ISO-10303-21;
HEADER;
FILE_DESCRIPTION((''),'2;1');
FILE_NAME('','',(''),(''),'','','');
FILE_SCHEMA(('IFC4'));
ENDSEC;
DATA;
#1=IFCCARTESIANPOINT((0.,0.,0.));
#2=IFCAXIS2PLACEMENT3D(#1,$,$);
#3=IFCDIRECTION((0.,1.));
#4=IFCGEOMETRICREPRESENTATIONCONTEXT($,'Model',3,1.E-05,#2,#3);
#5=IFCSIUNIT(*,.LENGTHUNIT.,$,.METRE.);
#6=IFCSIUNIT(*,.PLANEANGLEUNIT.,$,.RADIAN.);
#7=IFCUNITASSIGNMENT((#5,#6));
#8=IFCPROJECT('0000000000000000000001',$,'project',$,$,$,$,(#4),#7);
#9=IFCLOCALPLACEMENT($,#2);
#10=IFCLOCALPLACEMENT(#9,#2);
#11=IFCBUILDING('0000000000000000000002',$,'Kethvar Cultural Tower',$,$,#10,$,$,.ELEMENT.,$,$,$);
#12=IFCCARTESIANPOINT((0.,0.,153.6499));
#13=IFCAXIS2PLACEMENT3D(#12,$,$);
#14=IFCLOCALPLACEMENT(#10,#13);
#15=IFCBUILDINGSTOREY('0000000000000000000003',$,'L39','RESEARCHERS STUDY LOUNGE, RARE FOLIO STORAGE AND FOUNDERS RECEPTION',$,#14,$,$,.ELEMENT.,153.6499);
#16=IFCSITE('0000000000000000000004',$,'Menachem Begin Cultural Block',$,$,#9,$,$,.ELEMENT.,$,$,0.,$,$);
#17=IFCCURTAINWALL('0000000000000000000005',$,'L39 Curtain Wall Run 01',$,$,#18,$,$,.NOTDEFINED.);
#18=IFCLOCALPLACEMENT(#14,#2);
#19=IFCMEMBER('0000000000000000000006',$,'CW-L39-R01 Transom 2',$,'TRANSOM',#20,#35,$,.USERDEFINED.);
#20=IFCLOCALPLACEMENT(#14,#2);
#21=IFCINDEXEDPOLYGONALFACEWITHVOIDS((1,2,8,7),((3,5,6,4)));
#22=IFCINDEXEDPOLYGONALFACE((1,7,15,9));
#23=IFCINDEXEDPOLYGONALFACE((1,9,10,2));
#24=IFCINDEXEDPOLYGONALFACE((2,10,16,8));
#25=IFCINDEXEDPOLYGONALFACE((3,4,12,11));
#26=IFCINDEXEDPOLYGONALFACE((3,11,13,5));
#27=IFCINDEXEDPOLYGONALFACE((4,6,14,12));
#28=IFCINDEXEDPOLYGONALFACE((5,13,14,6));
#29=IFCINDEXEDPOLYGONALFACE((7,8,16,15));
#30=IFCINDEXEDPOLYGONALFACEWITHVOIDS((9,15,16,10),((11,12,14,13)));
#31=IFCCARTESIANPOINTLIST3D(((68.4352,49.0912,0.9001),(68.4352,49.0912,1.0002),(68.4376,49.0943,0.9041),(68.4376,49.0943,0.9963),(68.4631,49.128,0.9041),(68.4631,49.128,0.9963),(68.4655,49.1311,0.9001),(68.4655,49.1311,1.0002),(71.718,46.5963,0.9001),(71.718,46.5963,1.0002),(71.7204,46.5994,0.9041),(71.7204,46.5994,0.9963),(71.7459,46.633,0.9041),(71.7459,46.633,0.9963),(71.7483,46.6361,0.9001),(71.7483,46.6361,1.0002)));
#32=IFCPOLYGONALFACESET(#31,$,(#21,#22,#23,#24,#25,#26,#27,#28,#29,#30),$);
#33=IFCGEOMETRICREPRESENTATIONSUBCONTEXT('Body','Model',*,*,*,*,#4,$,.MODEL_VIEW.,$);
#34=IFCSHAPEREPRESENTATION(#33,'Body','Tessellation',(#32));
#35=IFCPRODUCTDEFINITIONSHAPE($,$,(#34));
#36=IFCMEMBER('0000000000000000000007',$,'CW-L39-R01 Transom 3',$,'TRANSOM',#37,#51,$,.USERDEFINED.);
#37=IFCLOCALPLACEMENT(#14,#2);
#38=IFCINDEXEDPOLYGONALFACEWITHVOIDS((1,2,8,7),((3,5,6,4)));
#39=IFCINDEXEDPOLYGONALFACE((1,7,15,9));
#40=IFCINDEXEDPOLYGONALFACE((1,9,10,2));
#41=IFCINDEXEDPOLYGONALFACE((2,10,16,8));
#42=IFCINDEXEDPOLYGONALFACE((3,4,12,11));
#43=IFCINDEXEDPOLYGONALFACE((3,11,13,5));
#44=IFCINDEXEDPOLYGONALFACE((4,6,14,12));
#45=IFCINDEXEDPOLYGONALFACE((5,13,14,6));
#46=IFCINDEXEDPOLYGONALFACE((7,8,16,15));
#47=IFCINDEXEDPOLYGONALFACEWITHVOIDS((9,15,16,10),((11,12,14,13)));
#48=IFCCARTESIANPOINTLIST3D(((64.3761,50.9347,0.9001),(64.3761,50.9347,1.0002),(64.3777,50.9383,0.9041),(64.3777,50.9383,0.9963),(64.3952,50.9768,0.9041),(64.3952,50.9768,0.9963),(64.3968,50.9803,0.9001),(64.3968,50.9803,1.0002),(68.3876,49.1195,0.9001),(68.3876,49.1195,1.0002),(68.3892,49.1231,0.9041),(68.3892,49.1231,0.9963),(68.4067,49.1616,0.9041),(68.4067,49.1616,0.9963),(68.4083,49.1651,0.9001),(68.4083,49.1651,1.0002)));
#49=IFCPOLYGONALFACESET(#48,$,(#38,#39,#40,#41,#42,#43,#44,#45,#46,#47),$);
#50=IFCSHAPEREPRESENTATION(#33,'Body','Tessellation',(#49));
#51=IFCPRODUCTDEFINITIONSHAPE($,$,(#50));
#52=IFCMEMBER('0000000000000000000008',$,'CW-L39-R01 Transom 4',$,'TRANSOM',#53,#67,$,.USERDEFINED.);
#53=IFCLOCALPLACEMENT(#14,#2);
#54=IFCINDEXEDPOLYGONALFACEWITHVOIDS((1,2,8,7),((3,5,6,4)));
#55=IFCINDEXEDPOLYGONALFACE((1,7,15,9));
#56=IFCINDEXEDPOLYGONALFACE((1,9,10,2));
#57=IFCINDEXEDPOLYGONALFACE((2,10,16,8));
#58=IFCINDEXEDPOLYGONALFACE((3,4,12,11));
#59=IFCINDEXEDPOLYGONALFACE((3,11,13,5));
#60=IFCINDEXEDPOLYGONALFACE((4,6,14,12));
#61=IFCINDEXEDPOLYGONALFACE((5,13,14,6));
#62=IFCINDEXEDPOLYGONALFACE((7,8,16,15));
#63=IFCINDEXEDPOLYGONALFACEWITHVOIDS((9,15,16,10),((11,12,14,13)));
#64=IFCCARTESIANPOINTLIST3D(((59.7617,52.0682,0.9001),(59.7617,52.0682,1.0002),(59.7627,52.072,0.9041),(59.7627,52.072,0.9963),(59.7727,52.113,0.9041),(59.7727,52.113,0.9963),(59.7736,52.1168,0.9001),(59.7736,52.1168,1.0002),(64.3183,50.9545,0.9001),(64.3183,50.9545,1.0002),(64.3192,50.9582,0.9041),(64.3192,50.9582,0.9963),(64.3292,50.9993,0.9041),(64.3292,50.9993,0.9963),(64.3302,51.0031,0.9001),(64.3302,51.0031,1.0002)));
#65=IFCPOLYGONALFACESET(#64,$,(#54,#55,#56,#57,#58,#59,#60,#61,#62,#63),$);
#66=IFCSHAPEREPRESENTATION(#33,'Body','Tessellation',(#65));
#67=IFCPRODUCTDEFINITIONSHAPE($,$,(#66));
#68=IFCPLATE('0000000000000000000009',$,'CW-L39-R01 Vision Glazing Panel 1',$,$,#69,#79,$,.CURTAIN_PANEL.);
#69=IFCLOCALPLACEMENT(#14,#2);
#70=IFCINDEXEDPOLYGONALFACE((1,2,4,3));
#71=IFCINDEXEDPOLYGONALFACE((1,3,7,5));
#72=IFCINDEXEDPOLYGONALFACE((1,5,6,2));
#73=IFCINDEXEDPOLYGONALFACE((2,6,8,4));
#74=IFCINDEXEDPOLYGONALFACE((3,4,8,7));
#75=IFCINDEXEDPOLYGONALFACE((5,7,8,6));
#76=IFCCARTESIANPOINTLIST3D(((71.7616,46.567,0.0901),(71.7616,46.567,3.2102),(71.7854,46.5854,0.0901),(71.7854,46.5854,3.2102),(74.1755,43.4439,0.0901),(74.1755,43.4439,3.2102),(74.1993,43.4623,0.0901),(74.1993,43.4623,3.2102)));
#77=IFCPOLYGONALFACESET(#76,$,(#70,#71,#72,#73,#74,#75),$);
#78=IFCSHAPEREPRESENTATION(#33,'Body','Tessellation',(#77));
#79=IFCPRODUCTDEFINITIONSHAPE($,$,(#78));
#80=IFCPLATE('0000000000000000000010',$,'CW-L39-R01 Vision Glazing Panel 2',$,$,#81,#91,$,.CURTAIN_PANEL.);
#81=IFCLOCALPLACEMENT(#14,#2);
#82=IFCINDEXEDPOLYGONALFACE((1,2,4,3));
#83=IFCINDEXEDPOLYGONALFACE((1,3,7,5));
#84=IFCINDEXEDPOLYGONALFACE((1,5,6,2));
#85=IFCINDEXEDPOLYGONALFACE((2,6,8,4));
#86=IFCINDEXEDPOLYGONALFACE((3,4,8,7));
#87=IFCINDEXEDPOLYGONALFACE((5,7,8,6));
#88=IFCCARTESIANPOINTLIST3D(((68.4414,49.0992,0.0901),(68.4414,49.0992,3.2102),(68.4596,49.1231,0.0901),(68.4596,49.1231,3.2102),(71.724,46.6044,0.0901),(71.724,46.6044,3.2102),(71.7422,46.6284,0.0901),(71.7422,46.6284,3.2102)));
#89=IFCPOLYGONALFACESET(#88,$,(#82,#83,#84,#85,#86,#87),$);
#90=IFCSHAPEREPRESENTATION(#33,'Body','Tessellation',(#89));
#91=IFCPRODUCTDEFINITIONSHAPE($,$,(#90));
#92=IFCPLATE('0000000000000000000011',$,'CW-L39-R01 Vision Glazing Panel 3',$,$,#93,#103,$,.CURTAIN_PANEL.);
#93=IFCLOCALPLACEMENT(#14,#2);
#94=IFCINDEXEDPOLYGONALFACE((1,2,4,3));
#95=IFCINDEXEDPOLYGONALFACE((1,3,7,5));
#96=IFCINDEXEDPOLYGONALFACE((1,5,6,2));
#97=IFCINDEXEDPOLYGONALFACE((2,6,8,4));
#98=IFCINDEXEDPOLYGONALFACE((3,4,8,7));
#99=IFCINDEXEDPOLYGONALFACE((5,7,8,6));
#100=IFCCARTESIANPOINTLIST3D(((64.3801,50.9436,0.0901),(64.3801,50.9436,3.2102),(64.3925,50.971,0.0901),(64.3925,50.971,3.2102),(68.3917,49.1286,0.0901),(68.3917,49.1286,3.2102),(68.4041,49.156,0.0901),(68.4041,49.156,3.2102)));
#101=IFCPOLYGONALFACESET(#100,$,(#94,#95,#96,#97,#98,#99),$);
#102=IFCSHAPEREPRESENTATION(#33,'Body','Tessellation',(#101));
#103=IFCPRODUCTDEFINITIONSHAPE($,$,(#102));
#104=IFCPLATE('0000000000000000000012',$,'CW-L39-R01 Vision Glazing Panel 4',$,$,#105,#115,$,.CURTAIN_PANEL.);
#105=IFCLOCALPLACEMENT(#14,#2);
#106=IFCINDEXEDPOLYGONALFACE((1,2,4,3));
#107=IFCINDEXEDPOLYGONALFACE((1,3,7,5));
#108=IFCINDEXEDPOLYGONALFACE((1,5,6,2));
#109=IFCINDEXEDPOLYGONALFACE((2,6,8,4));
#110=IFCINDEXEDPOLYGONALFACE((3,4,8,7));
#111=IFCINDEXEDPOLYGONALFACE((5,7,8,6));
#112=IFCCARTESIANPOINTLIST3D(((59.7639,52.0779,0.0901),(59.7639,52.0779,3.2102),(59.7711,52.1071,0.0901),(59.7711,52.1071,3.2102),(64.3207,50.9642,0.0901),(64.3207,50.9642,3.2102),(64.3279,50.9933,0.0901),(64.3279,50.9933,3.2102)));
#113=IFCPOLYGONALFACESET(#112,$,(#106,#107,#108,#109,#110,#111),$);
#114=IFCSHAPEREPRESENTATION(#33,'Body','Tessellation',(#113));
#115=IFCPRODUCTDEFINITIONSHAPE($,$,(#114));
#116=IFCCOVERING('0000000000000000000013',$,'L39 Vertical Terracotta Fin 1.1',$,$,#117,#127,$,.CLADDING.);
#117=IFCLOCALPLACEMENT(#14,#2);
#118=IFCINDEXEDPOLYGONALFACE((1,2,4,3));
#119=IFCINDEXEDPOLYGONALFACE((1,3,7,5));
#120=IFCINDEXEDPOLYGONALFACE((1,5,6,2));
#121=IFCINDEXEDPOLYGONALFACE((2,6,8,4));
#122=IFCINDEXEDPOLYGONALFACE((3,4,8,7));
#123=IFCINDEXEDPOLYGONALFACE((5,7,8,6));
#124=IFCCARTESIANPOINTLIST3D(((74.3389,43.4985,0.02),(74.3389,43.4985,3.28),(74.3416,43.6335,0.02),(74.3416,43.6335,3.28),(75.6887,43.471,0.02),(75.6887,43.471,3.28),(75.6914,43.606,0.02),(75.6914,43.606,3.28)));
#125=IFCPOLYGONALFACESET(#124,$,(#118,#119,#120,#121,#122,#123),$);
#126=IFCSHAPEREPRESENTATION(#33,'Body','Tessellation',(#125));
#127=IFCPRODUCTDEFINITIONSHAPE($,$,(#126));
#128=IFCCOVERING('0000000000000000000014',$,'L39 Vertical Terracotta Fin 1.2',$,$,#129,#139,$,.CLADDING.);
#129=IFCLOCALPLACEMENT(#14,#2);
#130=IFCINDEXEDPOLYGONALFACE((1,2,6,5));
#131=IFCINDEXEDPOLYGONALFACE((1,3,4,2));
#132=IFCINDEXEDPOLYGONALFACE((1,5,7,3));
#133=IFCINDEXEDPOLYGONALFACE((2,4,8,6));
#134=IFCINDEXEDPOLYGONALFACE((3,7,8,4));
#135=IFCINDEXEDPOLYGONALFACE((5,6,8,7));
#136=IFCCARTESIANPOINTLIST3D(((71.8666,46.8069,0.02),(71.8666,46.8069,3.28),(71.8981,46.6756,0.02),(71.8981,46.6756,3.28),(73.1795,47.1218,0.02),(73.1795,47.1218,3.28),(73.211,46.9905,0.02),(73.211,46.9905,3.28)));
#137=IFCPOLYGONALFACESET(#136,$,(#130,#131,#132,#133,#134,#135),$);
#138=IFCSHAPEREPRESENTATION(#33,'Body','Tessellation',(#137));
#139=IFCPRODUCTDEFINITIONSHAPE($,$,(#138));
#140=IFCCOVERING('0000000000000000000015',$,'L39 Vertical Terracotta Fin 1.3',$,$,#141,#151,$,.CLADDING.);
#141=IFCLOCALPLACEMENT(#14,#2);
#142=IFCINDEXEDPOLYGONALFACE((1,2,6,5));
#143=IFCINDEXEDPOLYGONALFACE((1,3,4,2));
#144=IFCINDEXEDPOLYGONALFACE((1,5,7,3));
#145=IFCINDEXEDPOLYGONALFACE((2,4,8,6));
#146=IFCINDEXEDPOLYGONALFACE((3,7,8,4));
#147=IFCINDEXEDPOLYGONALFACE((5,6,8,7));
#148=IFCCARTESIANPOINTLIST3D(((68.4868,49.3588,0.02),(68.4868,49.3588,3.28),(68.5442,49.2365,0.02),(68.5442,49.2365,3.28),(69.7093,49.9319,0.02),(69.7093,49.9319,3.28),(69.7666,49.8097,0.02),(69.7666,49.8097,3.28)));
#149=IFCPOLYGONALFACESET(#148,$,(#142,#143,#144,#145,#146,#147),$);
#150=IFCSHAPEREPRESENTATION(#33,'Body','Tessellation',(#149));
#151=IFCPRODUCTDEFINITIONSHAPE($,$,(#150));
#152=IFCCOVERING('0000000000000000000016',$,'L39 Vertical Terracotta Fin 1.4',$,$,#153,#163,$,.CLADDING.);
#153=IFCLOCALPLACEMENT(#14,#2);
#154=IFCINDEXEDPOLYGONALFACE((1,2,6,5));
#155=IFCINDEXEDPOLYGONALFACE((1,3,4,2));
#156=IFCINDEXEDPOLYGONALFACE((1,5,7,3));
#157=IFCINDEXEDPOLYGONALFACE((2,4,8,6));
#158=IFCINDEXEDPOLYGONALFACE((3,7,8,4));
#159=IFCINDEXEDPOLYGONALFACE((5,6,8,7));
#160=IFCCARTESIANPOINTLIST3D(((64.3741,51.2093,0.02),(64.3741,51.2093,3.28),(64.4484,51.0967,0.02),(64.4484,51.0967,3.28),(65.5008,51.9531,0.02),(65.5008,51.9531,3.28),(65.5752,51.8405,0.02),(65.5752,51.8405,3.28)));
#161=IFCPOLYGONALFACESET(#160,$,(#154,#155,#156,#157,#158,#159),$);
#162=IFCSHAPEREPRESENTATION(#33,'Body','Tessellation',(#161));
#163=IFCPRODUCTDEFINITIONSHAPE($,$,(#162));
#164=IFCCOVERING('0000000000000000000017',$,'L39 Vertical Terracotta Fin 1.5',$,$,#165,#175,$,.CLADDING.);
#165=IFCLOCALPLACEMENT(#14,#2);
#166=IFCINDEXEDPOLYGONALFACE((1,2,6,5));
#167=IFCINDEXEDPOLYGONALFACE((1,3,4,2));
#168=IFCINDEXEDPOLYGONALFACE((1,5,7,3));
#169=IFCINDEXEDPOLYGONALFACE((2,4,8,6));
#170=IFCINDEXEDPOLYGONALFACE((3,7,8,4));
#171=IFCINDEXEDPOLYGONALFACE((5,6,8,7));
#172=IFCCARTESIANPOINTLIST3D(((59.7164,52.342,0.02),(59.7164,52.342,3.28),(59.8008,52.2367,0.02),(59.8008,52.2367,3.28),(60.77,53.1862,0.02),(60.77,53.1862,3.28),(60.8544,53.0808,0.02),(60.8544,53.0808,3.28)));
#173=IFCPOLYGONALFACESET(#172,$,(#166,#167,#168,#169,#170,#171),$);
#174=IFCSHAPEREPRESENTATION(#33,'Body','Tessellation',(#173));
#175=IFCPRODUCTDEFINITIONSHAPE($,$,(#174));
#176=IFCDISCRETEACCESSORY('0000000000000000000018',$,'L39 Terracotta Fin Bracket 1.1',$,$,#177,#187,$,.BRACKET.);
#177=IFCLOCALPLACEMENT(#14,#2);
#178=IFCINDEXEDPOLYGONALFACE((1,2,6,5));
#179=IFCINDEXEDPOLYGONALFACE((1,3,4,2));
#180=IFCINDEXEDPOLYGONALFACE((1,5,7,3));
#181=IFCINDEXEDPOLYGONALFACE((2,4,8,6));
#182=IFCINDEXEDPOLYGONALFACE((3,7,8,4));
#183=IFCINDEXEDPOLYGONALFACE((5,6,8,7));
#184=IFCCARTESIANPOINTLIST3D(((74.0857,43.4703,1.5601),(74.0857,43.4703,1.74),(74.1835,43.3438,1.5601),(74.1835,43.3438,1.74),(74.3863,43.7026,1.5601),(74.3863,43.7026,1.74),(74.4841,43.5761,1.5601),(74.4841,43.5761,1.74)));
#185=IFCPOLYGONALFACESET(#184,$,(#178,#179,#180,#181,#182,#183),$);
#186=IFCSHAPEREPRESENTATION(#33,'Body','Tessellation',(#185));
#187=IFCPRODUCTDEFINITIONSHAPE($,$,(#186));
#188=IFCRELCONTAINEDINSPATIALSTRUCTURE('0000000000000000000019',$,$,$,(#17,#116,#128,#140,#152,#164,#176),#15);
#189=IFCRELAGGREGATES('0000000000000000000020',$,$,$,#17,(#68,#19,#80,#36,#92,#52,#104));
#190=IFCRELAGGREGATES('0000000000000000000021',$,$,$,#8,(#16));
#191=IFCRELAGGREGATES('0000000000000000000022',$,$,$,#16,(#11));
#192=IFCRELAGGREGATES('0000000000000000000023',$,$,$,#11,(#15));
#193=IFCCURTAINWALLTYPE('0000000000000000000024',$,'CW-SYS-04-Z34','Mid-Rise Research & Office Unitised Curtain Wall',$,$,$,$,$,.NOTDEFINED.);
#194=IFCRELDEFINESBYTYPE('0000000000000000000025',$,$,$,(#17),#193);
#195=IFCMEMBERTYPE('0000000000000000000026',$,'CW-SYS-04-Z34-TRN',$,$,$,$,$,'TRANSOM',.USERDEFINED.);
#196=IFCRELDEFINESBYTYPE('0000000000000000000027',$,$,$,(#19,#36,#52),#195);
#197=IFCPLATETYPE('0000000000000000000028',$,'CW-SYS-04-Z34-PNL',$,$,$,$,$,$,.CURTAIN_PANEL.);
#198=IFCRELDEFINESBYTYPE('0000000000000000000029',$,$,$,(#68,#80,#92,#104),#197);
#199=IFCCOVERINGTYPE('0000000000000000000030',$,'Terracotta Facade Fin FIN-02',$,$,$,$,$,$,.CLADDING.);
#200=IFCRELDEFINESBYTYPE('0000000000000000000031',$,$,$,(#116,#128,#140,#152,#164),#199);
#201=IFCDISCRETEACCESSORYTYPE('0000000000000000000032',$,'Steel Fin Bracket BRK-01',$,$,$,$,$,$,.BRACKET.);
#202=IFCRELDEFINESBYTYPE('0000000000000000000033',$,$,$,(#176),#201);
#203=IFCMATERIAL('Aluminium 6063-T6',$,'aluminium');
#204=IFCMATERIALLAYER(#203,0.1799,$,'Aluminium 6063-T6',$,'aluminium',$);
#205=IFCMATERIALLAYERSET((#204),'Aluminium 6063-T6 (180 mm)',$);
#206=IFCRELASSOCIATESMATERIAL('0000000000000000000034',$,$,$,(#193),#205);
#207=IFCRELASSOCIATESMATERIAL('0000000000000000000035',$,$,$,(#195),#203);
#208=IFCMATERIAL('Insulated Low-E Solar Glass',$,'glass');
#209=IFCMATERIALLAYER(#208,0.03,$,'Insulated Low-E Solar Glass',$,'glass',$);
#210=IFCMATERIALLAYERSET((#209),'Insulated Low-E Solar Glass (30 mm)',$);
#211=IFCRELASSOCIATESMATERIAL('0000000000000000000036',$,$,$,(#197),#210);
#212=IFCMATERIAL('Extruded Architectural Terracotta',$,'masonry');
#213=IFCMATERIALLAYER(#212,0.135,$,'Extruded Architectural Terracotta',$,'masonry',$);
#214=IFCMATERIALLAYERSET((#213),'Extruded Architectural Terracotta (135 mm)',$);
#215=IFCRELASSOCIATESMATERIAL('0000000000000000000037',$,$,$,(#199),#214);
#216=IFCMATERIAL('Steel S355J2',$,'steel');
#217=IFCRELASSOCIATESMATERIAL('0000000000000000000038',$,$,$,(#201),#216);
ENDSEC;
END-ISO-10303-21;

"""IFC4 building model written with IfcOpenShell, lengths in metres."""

from ifc_helpers import new_model, si_unit, direction, frame, origin, origin_2d, place, context, subcontext, project, spatial, rectangle, hollow_rectangle, extrude, source, transform, mapped, material, layer, layer_set, material_profile, profile_set, type_object, element, aggregate, save


model = new_model("IFC4")

# Units and contexts
model_context = context("Model", 3, precision=1e-05, world=origin(), true_north=direction((0.0, 1.0)))
body_context = subcontext(model_context, "Body", "Model", "MODEL_VIEW")
ifc_project = project(units=[si_unit("LENGTHUNIT", "METRE"), si_unit("PLANEANGLEUNIT", "RADIAN")], contexts=[model_context])

# Site, building, storey
site_placement = place(None, origin())
site = spatial("IfcSite", under=ifc_project, at=site_placement, Name="Menachem Begin Cultural Block", CompositionType="ELEMENT", RefElevation=0.0)
building_placement = place(site_placement, origin())
building = spatial("IfcBuilding", under=site, at=building_placement, Name="Kethvar Cultural Tower", CompositionType="ELEMENT")
storey_placement = place(building_placement, frame((0.0, 0.0, 153.6499)))
storey = spatial("IfcBuildingStorey", under=building, at=storey_placement, Name="L39", Description="RESEARCHERS STUDY LOUNGE, RARE FOLIO STORAGE AND FOUNDERS RECEPTION", CompositionType="ELEMENT", Elevation=153.6499)

# Shared definitions
ifc_material_1 = material(Name="Steel S355J2", Category="steel")

# Curtain wall, members, plates
ifc_material_2 = material(Name="Aluminium 6063-T6", Category="aluminium")
ifc_layer_1 = layer(ifc_material_2, 0.1799, Name="Aluminium 6063-T6", Category="aluminium")
ifc_layer_set_1 = layer_set([ifc_layer_1], Name="Aluminium 6063-T6 (180 mm)")
curtain_wall_type = type_object("IfcCurtainWallType", Name="CW-SYS-04-Z34", Description="Mid-Rise Research & Office Unitised Curtain Wall", PredefinedType="NOTDEFINED", material=ifc_layer_set_1)
curtain_wall_placement = place(storey_placement, origin())
curtain_wall = element("IfcCurtainWall", 1, at=curtain_wall_placement, inside=storey, type_object=curtain_wall_type, Name="L39 Curtain Wall Run 01", PredefinedType="NOTDEFINED")
ifc_material_profile_1 = material_profile(ifc_material_2, hollow_rectangle(XDim=0.05, YDim=0.1001, WallThickness=0.0039, at=origin_2d()), Name="Aluminium 6063-T6 — RHS100x50x4")
ifc_profile_set_1 = profile_set([ifc_material_profile_1], Name="Aluminium 6063-T6 — RHS100x50x4")
member_type_1 = type_object("IfcMemberType", Name="CW-SYS-04-Z34-TRN", ElementType="TRANSOM", PredefinedType="USERDEFINED", material=ifc_profile_set_1)
shared_shape_1 = source(origin(), body_context, "Body", "SweptSolid", [
    extrude(hollow_rectangle(XDim=0.05, YDim=0.1001, WallThickness=0.0039, at=origin_2d()), origin(), (0.0, 0.0, 1.0), 4.1233),
])
member_1_placement = place(storey_placement, frame((71.7332, 46.6162, 0.9502), z_axis=(-0.796161, 0.605085, 0.0), x_axis=(-0.605085, -0.796161, 0.0)))
member_1 = element("IfcMember", 2, at=member_1_placement, type_object=member_type_1, Name="CW-L39-R01 Transom 2", ObjectType="TRANSOM", PredefinedType="USERDEFINED", context=body_context, shape_type="MappedRepresentation", body=[
    mapped(shared_shape_1, transform((0.0, 0.0, 0.0), scale=1.0)),
])
shared_shape_2 = source(origin(), body_context, "Body", "SweptSolid", [
    extrude(hollow_rectangle(XDim=0.05, YDim=0.1001, WallThickness=0.0039, at=origin_2d()), origin(), (0.0, 0.0, 1.0), 4.4031),
])
member_2_placement = place(storey_placement, frame((68.3979, 49.1423, 0.9502), z_axis=(-0.911068, 0.412257, 0.0), x_axis=(-0.412257, -0.911068, 0.0)))
member_2 = element("IfcMember", 3, at=member_2_placement, type_object=member_type_1, Name="CW-L39-R01 Transom 3", ObjectType="TRANSOM", PredefinedType="USERDEFINED", context=body_context, shape_type="MappedRepresentation", body=[
    mapped(shared_shape_2, transform((0.0, 0.0, 0.0), scale=1.0)),
])
shared_shape_3 = source(origin(), body_context, "Body", "SweptSolid", [
    extrude(hollow_rectangle(XDim=0.05, YDim=0.1001, WallThickness=0.0039, at=origin_2d()), origin(), (0.0, 0.0, 1.0), 4.6907),
])
member_3_placement = place(storey_placement, frame((64.3242, 50.9788, 0.9502), z_axis=(-0.971403, 0.237438, 0.0), x_axis=(-0.237438, -0.971403, 0.0)))
member_3 = element("IfcMember", 4, at=member_3_placement, type_object=member_type_1, Name="CW-L39-R01 Transom 4", ObjectType="TRANSOM", PredefinedType="USERDEFINED", context=body_context, shape_type="MappedRepresentation", body=[
    mapped(shared_shape_3, transform((0.0, 0.0, 0.0), scale=1.0)),
])
ifc_material_3 = material(Name="Insulated Low-E Solar Glass", Category="glass")
ifc_layer_2 = layer(ifc_material_3, 0.03, Name="Insulated Low-E Solar Glass", Category="glass")
ifc_layer_set_2 = layer_set([ifc_layer_2], Name="Insulated Low-E Solar Glass (30 mm)")
plate_type = type_object("IfcPlateType", Name="CW-SYS-04-Z34-PNL", PredefinedType="CURTAIN_PANEL", material=ifc_layer_set_2)
shared_shape_4 = source(origin(), body_context, "Body", "SweptSolid", [
    extrude(rectangle(XDim=3.9473, YDim=0.03, at=origin_2d()), origin(), (0.0, 0.0, 1.0), 3.1201),
])
plate_1_placement = place(storey_placement, frame((72.9805, 45.0146, 0.0901), z_axis=(0.0, 0.0, 1.0), x_axis=(-0.611541, 0.791213, 0.0)))
plate_1 = element("IfcPlate", 5, at=plate_1_placement, type_object=plate_type, Name="CW-L39-R01 Vision Glazing Panel 1", PredefinedType="CURTAIN_PANEL", context=body_context, shape_type="MappedRepresentation", body=[
    mapped(shared_shape_4, transform((0.0, 0.0, 0.0), scale=1.0)),
])
shared_shape_5 = source(origin(), body_context, "Body", "SweptSolid", [
    extrude(rectangle(XDim=4.123, YDim=0.03, at=origin_2d()), origin(), (0.0, 0.0, 1.0), 3.1201),
])
plate_2_placement = place(storey_placement, frame((70.0918, 47.8638, 0.0901), z_axis=(0.0, 0.0, 1.0), x_axis=(-0.796171, 0.605072, 0.0)))
plate_2 = element("IfcPlate", 6, at=plate_2_placement, type_object=plate_type, Name="CW-L39-R01 Vision Glazing Panel 2", PredefinedType="CURTAIN_PANEL", context=body_context, shape_type="MappedRepresentation", body=[
    mapped(shared_shape_5, transform((0.0, 0.0, 0.0), scale=1.0)),
])
shared_shape_6 = source(origin(), body_context, "Body", "SweptSolid", [
    extrude(rectangle(XDim=4.4031, YDim=0.03, at=origin_2d()), origin(), (0.0, 0.0, 1.0), 3.1201),
])
plate_3_placement = place(storey_placement, frame((66.3921, 50.0498, 0.0901), z_axis=(0.0, 0.0, 1.0), x_axis=(-0.911087, 0.412214, 0.0)))
plate_3 = element("IfcPlate", 7, at=plate_3_placement, type_object=plate_type, Name="CW-L39-R01 Vision Glazing Panel 3", PredefinedType="CURTAIN_PANEL", context=body_context, shape_type="MappedRepresentation", body=[
    mapped(shared_shape_6, transform((0.0, 0.0, 0.0), scale=1.0)),
])
shared_shape_7 = source(origin(), body_context, "Body", "SweptSolid", [
    extrude(rectangle(XDim=4.6909, YDim=0.03, at=origin_2d()), origin(), (0.0, 0.0, 1.0), 3.1201),
])
plate_4_placement = place(storey_placement, frame((62.0459, 51.5356, 0.0901), z_axis=(0.0, 0.0, 1.0), x_axis=(-0.971404, 0.237432, 0.0)))
plate_4 = element("IfcPlate", 8, at=plate_4_placement, type_object=plate_type, Name="CW-L39-R01 Vision Glazing Panel 4", PredefinedType="CURTAIN_PANEL", context=body_context, shape_type="MappedRepresentation", body=[
    mapped(shared_shape_7, transform((0.0, 0.0, 0.0), scale=1.0)),
])
aggregate(curtain_wall, [plate_1, member_1, plate_2, member_2, plate_3, member_3, plate_4])

# Coverings
ifc_material_4 = material(Name="Extruded Architectural Terracotta", Category="masonry")
ifc_layer_3 = layer(ifc_material_4, 0.135, Name="Extruded Architectural Terracotta", Category="masonry")
ifc_layer_set_3 = layer_set([ifc_layer_3], Name="Extruded Architectural Terracotta (135 mm)")
covering_type = type_object("IfcCoveringType", Name="Terracotta Facade Fin FIN-02", PredefinedType="CLADDING", material=ifc_layer_set_3)
shared_shape_8 = source(origin(), body_context, "Body", "SweptSolid", [
    extrude(rectangle(XDim=1.3501, YDim=0.135, at=origin_2d()), origin(), (0.0, 0.0, 1.0), 3.26),
])
for number, where, z_axis, x_axis, name in (
    (9, (75.0151, 43.5522, 0.02), (0.0, 0.0, 1.0), (0.999792, -0.020419, 0.0), "L39 Vertical Terracotta Fin 1.1"),
    (10, (72.5388, 46.8987, 0.02), (0.0, 0.0, 1.0), (0.972411, 0.233276, 0.0), "L39 Vertical Terracotta Fin 1.2"),
    (11, (69.1267, 49.5842, 0.02), (0.0, 0.0, 1.0), (0.905421, 0.424516, 0.0), "L39 Vertical Terracotta Fin 1.3"),
    (12, (64.9746, 51.5249, 0.02), (0.0, 0.0, 1.0), (0.83456, 0.550918, 0.0), "L39 Vertical Terracotta Fin 1.4"),
    (13, (60.2854, 52.7114, 0.02), (0.0, 0.0, 1.0), (0.78043, 0.625243, 0.0), "L39 Vertical Terracotta Fin 1.5"),
):
    element("IfcCovering", number, at=place(storey_placement, frame(where, z_axis=z_axis, x_axis=x_axis)), inside=storey, type_object=covering_type, Name=name, PredefinedType="CLADDING", context=body_context, shape_type="MappedRepresentation", body=[
        mapped(shared_shape_8, transform((0.0, 0.0, 0.0), scale=1.0)),
    ])

# Discrete accessory
discrete_accessory_type = type_object("IfcDiscreteAccessoryType", Name="Steel Fin Bracket BRK-01", PredefinedType="BRACKET", material=ifc_material_1)
shared_shape_9 = source(origin(), body_context, "Body", "SweptSolid", [
    extrude(rectangle(XDim=0.3799, YDim=0.1599, at=origin_2d()), origin(), (0.0, 0.0, 1.0), 0.1799),
])
for number, where, z_axis, x_axis, name in (
    (14, (74.2849, 43.5232, 1.5601), (0.0, 0.0, 1.0), (0.791224, 0.611527, 0.0), "L39 Terracotta Fin Bracket 1.1"),
):
    element("IfcDiscreteAccessory", number, at=place(storey_placement, frame(where, z_axis=z_axis, x_axis=x_axis)), inside=storey, type_object=discrete_accessory_type, Name=name, PredefinedType="BRACKET", context=body_context, shape_type="MappedRepresentation", body=[
        mapped(shared_shape_9, transform((0.0, 0.0, 0.0), scale=1.0)),
    ])

save(model, "model.ifc")
